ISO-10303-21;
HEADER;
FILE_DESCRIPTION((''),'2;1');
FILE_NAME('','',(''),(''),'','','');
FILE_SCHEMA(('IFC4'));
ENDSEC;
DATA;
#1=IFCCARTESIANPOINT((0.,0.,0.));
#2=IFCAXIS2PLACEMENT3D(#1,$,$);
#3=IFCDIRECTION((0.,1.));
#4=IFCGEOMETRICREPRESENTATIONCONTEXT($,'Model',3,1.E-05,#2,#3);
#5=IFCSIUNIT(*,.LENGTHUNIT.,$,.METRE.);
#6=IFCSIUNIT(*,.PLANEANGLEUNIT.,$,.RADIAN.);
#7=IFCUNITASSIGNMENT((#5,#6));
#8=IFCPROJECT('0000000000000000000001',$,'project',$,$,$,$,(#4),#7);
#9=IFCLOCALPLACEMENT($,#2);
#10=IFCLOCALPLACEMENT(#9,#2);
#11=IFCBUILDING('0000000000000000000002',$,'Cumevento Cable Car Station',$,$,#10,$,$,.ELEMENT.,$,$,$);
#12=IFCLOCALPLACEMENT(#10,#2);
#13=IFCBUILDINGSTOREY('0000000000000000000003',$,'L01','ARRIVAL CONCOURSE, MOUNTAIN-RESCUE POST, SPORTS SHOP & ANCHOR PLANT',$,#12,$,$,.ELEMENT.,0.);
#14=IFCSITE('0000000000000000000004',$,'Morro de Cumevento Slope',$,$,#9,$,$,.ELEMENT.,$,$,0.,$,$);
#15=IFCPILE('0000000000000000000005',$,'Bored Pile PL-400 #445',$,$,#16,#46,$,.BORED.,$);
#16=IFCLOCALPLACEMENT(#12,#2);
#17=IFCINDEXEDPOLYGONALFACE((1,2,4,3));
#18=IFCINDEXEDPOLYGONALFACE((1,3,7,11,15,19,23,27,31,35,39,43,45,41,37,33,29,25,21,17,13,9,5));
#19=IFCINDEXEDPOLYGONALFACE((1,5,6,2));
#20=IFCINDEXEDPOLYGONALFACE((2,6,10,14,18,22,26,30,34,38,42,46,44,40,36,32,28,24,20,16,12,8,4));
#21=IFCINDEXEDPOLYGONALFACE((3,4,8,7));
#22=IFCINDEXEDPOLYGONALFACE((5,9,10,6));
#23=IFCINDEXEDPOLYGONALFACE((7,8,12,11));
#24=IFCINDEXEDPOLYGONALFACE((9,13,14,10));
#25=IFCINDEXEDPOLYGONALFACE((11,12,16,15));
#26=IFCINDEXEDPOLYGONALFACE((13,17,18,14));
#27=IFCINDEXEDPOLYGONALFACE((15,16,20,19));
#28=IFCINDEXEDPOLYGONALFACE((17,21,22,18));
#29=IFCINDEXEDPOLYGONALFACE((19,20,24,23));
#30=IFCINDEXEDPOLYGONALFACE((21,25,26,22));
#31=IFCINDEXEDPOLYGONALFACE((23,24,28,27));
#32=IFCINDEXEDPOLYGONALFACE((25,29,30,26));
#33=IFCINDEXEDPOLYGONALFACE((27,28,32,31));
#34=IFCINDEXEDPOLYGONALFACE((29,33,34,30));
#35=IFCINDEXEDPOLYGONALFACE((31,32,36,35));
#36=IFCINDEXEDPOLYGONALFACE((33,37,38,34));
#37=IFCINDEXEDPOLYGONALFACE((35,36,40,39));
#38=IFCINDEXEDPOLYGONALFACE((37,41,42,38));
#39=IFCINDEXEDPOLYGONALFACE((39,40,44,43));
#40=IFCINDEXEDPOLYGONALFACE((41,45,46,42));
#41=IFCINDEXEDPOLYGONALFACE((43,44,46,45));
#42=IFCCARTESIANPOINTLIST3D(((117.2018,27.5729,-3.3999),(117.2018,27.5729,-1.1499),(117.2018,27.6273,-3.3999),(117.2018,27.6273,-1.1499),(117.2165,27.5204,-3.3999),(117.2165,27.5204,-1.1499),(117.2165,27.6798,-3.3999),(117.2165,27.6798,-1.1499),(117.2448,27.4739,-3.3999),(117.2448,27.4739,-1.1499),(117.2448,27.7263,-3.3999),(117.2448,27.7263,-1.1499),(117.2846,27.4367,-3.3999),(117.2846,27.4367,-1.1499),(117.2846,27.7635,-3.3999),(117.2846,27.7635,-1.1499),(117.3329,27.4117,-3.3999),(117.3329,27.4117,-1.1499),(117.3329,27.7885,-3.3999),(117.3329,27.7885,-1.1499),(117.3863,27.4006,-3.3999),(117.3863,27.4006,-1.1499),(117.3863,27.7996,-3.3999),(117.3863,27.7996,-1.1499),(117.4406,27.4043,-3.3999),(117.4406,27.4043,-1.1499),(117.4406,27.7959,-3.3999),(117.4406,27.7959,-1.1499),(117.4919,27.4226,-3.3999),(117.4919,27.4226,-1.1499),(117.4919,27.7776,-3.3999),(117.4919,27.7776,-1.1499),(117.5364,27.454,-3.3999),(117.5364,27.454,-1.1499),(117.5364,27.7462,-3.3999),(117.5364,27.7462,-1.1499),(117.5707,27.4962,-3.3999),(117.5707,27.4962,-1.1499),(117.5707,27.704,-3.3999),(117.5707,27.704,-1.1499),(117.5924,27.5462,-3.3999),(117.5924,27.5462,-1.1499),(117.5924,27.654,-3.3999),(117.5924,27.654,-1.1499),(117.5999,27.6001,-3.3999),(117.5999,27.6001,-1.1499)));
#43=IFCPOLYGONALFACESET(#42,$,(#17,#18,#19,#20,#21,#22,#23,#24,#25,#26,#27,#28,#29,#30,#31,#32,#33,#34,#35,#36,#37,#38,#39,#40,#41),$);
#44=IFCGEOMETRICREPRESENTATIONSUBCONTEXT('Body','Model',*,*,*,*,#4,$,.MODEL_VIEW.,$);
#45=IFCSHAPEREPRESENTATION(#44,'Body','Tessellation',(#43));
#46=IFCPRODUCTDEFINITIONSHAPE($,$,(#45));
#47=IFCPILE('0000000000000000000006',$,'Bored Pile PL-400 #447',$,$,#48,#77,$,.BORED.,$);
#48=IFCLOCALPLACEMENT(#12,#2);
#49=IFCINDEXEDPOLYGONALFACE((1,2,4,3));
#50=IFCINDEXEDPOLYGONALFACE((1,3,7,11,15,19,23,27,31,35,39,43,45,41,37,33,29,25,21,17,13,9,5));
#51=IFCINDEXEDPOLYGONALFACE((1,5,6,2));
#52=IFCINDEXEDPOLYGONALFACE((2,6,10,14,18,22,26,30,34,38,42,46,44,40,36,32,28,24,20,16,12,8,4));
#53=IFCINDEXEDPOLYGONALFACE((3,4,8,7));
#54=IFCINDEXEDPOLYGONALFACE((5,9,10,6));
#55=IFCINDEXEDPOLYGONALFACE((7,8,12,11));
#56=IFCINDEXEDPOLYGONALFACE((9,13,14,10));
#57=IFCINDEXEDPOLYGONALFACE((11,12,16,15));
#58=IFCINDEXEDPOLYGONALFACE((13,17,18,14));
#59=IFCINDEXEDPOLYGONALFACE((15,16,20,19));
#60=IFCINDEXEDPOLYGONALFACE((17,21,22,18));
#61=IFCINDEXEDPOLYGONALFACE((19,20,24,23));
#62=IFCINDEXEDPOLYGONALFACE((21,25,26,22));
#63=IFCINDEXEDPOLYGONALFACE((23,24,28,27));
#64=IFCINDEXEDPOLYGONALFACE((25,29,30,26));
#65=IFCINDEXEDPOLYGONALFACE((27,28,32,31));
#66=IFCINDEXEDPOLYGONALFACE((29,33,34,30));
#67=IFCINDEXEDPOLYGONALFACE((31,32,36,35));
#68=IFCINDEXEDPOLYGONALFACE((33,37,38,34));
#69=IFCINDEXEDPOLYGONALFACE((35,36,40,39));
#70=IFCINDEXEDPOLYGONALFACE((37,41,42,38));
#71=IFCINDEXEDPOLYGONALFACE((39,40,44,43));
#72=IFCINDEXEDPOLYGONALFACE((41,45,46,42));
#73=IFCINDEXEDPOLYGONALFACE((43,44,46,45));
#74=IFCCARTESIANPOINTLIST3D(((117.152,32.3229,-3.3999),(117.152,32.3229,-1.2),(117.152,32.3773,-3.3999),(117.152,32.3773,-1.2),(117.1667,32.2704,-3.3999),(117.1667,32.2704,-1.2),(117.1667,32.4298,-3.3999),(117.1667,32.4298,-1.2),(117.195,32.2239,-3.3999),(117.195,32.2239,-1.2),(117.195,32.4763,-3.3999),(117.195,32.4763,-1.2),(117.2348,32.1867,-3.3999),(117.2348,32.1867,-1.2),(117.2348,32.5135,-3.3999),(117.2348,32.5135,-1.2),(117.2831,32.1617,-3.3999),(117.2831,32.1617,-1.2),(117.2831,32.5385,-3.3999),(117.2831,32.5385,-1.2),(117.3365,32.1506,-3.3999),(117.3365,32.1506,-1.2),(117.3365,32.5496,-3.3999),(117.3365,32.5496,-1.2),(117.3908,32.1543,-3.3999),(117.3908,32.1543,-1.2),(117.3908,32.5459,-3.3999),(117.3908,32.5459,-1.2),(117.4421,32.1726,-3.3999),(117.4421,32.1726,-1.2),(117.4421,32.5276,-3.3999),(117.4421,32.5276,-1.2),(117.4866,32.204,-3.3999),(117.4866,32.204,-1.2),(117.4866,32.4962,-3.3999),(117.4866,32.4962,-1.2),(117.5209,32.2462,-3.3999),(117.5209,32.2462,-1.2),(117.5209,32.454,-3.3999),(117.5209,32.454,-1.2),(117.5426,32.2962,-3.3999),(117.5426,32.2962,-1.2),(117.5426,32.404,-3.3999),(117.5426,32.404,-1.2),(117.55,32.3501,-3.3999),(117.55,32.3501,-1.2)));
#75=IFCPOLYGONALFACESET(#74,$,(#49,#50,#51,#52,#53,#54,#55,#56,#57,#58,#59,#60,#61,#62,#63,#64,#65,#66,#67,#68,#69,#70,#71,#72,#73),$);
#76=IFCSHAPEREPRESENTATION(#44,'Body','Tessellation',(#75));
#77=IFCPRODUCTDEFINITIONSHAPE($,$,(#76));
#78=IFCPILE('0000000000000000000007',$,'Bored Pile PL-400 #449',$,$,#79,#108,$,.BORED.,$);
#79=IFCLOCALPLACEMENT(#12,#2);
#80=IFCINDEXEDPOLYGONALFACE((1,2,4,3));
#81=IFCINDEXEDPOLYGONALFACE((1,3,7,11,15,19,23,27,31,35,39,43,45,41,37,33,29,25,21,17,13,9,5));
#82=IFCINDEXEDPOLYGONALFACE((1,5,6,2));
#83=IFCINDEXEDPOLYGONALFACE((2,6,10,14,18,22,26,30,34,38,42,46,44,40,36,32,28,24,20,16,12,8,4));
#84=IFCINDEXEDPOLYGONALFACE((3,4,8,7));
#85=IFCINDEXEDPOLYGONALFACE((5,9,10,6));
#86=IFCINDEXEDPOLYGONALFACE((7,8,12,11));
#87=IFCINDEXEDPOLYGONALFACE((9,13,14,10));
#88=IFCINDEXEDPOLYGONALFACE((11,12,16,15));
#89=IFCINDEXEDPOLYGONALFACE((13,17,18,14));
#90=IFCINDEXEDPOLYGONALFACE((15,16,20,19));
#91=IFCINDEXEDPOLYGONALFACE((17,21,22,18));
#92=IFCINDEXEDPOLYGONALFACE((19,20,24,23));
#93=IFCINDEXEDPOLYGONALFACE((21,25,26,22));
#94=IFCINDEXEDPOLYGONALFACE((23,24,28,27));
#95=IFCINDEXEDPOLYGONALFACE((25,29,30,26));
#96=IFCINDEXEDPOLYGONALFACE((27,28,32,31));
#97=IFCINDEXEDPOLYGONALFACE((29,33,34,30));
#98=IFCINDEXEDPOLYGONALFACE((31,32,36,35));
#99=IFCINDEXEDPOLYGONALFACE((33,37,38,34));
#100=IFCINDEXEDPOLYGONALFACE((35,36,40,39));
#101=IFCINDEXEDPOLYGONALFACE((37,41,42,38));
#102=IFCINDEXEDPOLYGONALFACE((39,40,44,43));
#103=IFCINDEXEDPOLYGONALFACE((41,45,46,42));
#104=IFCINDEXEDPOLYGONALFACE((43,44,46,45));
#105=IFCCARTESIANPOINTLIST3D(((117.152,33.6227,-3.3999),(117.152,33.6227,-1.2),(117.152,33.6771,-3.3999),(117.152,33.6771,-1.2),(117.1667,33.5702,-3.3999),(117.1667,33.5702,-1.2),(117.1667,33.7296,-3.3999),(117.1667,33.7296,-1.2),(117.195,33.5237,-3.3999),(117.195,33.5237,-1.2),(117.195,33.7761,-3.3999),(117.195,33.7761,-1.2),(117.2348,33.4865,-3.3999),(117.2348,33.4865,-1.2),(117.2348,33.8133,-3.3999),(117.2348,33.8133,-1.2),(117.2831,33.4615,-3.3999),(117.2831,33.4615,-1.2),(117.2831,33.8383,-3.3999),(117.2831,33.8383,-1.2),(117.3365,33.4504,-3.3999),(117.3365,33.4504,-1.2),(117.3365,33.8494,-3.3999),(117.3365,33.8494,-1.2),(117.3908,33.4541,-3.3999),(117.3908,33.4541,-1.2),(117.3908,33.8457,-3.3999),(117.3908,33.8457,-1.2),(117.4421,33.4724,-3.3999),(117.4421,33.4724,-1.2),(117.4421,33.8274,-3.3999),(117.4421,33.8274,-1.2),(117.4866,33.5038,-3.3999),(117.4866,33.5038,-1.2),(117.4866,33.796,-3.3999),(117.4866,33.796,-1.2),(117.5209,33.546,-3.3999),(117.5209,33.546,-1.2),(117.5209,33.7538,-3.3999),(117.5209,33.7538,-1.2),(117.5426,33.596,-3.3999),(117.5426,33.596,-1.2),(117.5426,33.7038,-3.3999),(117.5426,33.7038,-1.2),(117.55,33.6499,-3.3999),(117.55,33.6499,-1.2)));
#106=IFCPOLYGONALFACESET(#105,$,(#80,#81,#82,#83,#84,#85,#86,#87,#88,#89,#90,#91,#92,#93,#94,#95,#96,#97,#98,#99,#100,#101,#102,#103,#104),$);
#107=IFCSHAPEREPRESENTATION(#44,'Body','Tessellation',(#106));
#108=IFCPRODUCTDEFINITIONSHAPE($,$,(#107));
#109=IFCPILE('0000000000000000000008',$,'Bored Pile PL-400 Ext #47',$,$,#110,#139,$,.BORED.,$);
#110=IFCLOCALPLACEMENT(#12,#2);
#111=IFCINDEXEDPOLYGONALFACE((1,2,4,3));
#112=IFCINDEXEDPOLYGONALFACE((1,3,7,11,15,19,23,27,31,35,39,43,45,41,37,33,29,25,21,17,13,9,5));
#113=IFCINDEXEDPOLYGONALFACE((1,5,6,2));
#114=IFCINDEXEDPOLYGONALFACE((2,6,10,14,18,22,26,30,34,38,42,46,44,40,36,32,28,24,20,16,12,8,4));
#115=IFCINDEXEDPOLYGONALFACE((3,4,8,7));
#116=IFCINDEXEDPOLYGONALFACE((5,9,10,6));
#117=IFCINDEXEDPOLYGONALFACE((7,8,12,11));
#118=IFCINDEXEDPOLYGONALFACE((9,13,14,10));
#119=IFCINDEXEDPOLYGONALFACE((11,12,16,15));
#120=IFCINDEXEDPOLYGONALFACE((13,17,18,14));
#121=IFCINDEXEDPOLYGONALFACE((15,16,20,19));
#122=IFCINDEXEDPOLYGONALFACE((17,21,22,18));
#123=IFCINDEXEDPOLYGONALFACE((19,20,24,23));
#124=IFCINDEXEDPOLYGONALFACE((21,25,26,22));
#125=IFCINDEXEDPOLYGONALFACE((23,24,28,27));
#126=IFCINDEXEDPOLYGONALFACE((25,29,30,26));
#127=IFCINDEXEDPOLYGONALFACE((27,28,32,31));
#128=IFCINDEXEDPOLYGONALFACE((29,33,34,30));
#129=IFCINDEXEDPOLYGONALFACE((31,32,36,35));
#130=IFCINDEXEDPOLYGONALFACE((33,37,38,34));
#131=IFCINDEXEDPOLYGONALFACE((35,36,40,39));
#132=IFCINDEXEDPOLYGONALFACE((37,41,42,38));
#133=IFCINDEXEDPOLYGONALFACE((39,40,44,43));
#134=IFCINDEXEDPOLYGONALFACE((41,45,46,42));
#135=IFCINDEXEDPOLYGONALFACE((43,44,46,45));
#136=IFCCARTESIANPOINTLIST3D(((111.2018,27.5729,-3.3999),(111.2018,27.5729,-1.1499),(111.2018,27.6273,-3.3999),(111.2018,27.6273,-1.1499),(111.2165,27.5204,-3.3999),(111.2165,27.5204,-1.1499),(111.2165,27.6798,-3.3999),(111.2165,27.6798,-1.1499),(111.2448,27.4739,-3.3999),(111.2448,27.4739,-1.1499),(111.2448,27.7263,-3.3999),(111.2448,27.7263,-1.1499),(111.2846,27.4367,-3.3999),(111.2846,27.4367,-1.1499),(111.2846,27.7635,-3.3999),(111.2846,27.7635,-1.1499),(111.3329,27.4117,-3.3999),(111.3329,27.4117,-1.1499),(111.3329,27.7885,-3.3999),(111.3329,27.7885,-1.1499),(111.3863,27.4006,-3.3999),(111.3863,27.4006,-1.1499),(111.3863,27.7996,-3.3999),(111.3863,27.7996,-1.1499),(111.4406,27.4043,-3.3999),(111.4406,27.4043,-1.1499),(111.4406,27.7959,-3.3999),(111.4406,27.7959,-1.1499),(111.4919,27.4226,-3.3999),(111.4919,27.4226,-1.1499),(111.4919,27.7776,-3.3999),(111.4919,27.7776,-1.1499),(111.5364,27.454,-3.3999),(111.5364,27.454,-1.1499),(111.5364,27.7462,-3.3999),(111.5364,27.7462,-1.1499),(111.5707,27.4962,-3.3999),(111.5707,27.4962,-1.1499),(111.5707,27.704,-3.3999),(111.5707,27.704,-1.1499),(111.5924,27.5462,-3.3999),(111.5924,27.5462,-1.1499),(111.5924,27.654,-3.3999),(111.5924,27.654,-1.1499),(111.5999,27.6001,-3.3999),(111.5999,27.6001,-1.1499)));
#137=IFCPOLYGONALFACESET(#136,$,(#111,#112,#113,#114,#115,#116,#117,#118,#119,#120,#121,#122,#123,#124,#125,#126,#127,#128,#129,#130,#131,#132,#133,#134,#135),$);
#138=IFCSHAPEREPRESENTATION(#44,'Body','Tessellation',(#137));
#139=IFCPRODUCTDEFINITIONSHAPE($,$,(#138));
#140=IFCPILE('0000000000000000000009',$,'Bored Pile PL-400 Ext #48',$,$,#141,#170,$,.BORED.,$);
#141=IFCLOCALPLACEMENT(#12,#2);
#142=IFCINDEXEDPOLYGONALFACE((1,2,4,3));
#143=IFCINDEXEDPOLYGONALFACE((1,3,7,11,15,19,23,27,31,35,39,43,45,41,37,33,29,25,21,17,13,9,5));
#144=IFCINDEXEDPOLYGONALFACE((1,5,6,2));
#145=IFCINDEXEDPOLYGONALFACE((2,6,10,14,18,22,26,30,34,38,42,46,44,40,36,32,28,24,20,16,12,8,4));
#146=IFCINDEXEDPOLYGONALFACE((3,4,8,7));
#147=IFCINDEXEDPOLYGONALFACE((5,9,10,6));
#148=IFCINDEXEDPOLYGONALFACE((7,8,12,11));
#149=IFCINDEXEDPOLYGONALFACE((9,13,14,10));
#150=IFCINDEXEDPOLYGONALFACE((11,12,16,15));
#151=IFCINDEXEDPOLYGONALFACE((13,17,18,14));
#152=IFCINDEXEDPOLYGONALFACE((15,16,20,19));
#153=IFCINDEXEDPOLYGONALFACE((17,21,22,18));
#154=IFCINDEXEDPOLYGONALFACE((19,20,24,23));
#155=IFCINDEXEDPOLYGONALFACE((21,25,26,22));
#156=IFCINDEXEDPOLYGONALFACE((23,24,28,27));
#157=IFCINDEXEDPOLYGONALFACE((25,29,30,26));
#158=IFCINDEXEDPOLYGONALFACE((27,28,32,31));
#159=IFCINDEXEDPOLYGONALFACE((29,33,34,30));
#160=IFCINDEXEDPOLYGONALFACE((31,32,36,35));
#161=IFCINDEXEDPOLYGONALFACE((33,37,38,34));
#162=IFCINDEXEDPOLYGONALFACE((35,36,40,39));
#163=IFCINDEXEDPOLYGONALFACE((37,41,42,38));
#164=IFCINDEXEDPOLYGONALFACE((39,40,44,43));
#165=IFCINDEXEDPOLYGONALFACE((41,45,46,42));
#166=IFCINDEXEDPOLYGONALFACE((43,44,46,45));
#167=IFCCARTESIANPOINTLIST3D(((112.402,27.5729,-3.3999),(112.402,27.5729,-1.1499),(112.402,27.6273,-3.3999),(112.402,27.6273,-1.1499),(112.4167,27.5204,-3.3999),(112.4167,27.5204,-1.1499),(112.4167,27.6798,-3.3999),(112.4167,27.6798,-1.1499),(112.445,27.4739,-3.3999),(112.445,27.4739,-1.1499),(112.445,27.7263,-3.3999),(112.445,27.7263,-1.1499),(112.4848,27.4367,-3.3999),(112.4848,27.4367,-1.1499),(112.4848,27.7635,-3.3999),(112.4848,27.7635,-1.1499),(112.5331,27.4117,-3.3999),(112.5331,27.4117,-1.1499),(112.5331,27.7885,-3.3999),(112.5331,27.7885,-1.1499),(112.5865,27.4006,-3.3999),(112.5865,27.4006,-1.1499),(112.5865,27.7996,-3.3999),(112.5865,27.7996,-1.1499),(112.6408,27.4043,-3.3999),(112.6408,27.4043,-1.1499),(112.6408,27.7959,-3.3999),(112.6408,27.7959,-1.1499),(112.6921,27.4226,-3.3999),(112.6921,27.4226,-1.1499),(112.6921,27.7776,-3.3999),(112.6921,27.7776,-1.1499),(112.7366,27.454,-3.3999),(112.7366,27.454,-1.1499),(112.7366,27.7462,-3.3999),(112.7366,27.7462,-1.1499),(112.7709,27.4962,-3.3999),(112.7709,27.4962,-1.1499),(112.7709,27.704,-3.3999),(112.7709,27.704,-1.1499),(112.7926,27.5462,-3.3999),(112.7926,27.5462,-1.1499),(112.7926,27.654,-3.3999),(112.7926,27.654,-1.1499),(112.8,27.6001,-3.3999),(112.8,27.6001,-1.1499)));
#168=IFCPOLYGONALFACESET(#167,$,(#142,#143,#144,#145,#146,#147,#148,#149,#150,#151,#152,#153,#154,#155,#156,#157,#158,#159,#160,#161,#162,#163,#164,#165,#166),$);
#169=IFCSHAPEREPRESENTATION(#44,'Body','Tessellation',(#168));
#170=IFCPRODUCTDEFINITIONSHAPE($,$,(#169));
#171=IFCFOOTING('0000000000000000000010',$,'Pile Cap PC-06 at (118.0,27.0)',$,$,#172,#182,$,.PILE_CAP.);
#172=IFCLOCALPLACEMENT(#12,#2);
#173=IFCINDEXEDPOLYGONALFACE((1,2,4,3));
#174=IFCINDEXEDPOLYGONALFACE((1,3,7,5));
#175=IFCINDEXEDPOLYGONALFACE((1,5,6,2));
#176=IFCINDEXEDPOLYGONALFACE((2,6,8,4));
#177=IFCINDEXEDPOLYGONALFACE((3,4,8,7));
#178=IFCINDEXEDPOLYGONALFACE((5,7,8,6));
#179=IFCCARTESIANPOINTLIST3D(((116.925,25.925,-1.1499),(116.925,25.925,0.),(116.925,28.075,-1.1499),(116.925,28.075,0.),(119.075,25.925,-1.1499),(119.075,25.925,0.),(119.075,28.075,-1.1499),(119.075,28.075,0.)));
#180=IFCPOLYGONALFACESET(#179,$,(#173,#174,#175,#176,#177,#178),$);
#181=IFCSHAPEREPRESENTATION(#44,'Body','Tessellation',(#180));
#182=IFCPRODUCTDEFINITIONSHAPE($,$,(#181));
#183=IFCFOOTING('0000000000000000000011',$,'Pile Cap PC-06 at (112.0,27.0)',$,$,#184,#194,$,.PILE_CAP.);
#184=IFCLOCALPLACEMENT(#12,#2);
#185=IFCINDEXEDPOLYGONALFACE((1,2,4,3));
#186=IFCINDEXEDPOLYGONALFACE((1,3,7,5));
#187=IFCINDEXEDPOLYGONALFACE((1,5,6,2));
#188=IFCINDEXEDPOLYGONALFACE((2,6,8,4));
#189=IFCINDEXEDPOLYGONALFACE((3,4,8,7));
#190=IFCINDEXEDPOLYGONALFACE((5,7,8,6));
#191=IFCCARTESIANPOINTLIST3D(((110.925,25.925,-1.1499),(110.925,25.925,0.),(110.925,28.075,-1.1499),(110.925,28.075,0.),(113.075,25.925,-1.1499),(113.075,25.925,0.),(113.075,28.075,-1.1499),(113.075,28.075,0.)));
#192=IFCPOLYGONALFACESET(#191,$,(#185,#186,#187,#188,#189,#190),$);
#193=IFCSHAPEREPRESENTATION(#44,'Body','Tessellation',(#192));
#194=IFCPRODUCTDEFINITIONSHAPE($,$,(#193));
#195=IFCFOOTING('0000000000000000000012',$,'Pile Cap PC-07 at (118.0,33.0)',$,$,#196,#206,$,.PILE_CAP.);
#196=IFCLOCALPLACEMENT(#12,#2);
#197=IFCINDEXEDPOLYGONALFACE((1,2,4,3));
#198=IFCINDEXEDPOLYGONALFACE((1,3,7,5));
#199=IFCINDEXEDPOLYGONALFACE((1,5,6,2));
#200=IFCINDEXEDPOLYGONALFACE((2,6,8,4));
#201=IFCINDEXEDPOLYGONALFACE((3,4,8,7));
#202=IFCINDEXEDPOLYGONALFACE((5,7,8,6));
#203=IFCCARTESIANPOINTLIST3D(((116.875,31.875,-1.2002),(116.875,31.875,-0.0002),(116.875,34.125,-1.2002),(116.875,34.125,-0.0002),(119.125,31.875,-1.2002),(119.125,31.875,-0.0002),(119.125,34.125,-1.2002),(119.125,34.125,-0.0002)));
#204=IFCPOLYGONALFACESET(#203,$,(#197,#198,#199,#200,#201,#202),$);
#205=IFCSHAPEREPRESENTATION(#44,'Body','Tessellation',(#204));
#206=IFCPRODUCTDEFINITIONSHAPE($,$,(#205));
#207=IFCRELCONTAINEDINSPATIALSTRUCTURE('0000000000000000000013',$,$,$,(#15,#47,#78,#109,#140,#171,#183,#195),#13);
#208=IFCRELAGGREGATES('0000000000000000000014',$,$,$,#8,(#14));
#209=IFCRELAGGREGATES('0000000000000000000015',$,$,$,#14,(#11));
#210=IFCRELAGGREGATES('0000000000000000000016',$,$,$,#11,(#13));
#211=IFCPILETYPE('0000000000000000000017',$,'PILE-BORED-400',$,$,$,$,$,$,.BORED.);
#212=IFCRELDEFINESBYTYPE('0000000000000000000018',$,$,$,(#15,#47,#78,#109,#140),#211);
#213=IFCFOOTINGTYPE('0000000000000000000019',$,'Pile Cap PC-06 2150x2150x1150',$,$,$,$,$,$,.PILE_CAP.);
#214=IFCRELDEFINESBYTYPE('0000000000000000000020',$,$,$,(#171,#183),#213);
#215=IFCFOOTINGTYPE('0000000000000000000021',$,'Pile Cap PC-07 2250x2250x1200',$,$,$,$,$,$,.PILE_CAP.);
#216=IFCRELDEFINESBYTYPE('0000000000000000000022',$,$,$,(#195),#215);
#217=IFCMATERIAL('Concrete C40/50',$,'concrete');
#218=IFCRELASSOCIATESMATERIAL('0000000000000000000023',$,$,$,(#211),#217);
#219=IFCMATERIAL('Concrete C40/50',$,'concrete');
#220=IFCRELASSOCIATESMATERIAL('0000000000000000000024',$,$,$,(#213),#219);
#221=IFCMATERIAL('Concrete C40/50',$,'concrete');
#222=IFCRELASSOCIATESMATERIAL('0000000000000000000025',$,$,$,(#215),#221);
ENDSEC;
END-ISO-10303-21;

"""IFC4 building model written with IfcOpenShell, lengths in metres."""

from ifc_helpers import new_model, si_unit, direction, frame, origin, origin_2d, place, context, subcontext, project, spatial, rectangle, circle, extrude, material, material_profile, profile_set, type_object, element, save


model = new_model("IFC4")

# Units and contexts
model_context = context("Model", 3, precision=1e-05, world=origin(), true_north=direction((0.0, 1.0)))
body_context = subcontext(model_context, "Body", "Model", "MODEL_VIEW")
ifc_project = project(units=[si_unit("LENGTHUNIT", "METRE"), si_unit("PLANEANGLEUNIT", "RADIAN")], contexts=[model_context])

# Site, building, storey
site_placement = place(None, origin())
site = spatial("IfcSite", under=ifc_project, at=site_placement, Name="Morro de Cumevento Slope", CompositionType="ELEMENT", RefElevation=0.0)
building_placement = place(site_placement, origin())
building = spatial("IfcBuilding", under=site, at=building_placement, Name="Cumevento Cable Car Station", CompositionType="ELEMENT")
storey_placement = place(building_placement, origin())
storey = spatial("IfcBuildingStorey", under=building, at=storey_placement, Name="L01", Description="ARRIVAL CONCOURSE, MOUNTAIN-RESCUE POST, SPORTS SHOP & ANCHOR PLANT", CompositionType="ELEMENT", Elevation=0.0)

# Piles
ifc_material_1 = material(Name="Concrete C40/50", Category="concrete")
ifc_material_profile_1 = material_profile(ifc_material_1, circle(Radius=0.2, at=origin_2d()), Name="PILE-D400")
ifc_profile_set_1 = profile_set([ifc_material_profile_1], Name="Concrete C40/50")
pile_type = type_object("IfcPileType", Name="PILE-BORED-400", PredefinedType="BORED", material=ifc_profile_set_1)
pile_placement = place(storey_placement, frame((117.3999, 27.6001, -1.1499), z_axis=(0.0, 0.0, -1.0), x_axis=(1.0, 0.0, 0.0)))
element("IfcPile", 1, at=pile_placement, inside=storey, type_object=pile_type, Name="Bored Pile PL-400 #445", PredefinedType="BORED", context=body_context, shape_type="SweptSolid", body=[
    extrude(circle(Radius=0.2, at=origin_2d()), origin(), (0.0, 0.0, 1.0), 2.25),
])
for number, where, z_axis, x_axis, name in (
    (2, (117.3501, 32.3501, -1.2), (0.0, 0.0, -1.0), (1.0, 0.0, 0.0), "Bored Pile PL-400 #447"),
    (3, (117.3501, 33.6499, -1.2), (0.0, 0.0, -1.0), (1.0, 0.0, 0.0), "Bored Pile PL-400 #449"),
):
    element("IfcPile", number, at=place(storey_placement, frame(where, z_axis=z_axis, x_axis=x_axis)), inside=storey, type_object=pile_type, Name=name, PredefinedType="BORED", context=body_context, shape_type="SweptSolid", body=[
        extrude(circle(Radius=0.2, at=origin_2d()), origin(), (0.0, 0.0, 1.0), 2.2),
    ])
for number, where, z_axis, x_axis, name in (
    (4, (111.3999, 27.6001, -1.1499), (0.0, 0.0, -1.0), (1.0, 0.0, 0.0), "Bored Pile PL-400 Ext #47"),
    (5, (112.6001, 27.6001, -1.1499), (0.0, 0.0, -1.0), (1.0, 0.0, 0.0), "Bored Pile PL-400 Ext #48"),
):
    element("IfcPile", number, at=place(storey_placement, frame(where, z_axis=z_axis, x_axis=x_axis)), inside=storey, type_object=pile_type, Name=name, PredefinedType="BORED", context=body_context, shape_type="SweptSolid", body=[
        extrude(circle(Radius=0.2, at=origin_2d()), origin(), (0.0, 0.0, 1.0), 2.25),
    ])

# Footings
ifc_material_2 = material(Name="Concrete C40/50", Category="concrete")
footing_type_1 = type_object("IfcFootingType", Name="Pile Cap PC-06 2150x2150x1150", PredefinedType="PILE_CAP", material=ifc_material_2)
for number, where, z_axis, x_axis, name in (
    (6, (118.0, 27.0, -1.1499), (0.0, 0.0, 1.0), (1.0, 0.0, 0.0), "Pile Cap PC-06 at (118.0,27.0)"),
    (7, (112.0, 27.0, -1.1499), (0.0, 0.0, 1.0), (1.0, 0.0, 0.0), "Pile Cap PC-06 at (112.0,27.0)"),
):
    element("IfcFooting", number, at=place(storey_placement, frame(where, z_axis=z_axis, x_axis=x_axis)), inside=storey, type_object=footing_type_1, Name=name, PredefinedType="PILE_CAP", context=body_context, shape_type="SweptSolid", body=[
        extrude(rectangle(XDim=2.1499, YDim=2.1499, at=origin_2d()), origin(), (0.0, 0.0, 1.0), 1.1499),
    ])
ifc_material_3 = material(Name="Concrete C40/50", Category="concrete")
footing_type_2 = type_object("IfcFootingType", Name="Pile Cap PC-07 2250x2250x1200", PredefinedType="PILE_CAP", material=ifc_material_3)
footing_placement = place(storey_placement, frame((118.0, 33.0, -1.2002), z_axis=(0.0, 0.0, 1.0), x_axis=(1.0, 0.0, 0.0)))
element("IfcFooting", 8, at=footing_placement, inside=storey, type_object=footing_type_2, Name="Pile Cap PC-07 at (118.0,33.0)", PredefinedType="PILE_CAP", context=body_context, shape_type="SweptSolid", body=[
    extrude(rectangle(XDim=2.25, YDim=2.25, at=origin_2d()), origin(), (0.0, 0.0, 1.0), 1.2),
])

save(model, "model.ifc")
